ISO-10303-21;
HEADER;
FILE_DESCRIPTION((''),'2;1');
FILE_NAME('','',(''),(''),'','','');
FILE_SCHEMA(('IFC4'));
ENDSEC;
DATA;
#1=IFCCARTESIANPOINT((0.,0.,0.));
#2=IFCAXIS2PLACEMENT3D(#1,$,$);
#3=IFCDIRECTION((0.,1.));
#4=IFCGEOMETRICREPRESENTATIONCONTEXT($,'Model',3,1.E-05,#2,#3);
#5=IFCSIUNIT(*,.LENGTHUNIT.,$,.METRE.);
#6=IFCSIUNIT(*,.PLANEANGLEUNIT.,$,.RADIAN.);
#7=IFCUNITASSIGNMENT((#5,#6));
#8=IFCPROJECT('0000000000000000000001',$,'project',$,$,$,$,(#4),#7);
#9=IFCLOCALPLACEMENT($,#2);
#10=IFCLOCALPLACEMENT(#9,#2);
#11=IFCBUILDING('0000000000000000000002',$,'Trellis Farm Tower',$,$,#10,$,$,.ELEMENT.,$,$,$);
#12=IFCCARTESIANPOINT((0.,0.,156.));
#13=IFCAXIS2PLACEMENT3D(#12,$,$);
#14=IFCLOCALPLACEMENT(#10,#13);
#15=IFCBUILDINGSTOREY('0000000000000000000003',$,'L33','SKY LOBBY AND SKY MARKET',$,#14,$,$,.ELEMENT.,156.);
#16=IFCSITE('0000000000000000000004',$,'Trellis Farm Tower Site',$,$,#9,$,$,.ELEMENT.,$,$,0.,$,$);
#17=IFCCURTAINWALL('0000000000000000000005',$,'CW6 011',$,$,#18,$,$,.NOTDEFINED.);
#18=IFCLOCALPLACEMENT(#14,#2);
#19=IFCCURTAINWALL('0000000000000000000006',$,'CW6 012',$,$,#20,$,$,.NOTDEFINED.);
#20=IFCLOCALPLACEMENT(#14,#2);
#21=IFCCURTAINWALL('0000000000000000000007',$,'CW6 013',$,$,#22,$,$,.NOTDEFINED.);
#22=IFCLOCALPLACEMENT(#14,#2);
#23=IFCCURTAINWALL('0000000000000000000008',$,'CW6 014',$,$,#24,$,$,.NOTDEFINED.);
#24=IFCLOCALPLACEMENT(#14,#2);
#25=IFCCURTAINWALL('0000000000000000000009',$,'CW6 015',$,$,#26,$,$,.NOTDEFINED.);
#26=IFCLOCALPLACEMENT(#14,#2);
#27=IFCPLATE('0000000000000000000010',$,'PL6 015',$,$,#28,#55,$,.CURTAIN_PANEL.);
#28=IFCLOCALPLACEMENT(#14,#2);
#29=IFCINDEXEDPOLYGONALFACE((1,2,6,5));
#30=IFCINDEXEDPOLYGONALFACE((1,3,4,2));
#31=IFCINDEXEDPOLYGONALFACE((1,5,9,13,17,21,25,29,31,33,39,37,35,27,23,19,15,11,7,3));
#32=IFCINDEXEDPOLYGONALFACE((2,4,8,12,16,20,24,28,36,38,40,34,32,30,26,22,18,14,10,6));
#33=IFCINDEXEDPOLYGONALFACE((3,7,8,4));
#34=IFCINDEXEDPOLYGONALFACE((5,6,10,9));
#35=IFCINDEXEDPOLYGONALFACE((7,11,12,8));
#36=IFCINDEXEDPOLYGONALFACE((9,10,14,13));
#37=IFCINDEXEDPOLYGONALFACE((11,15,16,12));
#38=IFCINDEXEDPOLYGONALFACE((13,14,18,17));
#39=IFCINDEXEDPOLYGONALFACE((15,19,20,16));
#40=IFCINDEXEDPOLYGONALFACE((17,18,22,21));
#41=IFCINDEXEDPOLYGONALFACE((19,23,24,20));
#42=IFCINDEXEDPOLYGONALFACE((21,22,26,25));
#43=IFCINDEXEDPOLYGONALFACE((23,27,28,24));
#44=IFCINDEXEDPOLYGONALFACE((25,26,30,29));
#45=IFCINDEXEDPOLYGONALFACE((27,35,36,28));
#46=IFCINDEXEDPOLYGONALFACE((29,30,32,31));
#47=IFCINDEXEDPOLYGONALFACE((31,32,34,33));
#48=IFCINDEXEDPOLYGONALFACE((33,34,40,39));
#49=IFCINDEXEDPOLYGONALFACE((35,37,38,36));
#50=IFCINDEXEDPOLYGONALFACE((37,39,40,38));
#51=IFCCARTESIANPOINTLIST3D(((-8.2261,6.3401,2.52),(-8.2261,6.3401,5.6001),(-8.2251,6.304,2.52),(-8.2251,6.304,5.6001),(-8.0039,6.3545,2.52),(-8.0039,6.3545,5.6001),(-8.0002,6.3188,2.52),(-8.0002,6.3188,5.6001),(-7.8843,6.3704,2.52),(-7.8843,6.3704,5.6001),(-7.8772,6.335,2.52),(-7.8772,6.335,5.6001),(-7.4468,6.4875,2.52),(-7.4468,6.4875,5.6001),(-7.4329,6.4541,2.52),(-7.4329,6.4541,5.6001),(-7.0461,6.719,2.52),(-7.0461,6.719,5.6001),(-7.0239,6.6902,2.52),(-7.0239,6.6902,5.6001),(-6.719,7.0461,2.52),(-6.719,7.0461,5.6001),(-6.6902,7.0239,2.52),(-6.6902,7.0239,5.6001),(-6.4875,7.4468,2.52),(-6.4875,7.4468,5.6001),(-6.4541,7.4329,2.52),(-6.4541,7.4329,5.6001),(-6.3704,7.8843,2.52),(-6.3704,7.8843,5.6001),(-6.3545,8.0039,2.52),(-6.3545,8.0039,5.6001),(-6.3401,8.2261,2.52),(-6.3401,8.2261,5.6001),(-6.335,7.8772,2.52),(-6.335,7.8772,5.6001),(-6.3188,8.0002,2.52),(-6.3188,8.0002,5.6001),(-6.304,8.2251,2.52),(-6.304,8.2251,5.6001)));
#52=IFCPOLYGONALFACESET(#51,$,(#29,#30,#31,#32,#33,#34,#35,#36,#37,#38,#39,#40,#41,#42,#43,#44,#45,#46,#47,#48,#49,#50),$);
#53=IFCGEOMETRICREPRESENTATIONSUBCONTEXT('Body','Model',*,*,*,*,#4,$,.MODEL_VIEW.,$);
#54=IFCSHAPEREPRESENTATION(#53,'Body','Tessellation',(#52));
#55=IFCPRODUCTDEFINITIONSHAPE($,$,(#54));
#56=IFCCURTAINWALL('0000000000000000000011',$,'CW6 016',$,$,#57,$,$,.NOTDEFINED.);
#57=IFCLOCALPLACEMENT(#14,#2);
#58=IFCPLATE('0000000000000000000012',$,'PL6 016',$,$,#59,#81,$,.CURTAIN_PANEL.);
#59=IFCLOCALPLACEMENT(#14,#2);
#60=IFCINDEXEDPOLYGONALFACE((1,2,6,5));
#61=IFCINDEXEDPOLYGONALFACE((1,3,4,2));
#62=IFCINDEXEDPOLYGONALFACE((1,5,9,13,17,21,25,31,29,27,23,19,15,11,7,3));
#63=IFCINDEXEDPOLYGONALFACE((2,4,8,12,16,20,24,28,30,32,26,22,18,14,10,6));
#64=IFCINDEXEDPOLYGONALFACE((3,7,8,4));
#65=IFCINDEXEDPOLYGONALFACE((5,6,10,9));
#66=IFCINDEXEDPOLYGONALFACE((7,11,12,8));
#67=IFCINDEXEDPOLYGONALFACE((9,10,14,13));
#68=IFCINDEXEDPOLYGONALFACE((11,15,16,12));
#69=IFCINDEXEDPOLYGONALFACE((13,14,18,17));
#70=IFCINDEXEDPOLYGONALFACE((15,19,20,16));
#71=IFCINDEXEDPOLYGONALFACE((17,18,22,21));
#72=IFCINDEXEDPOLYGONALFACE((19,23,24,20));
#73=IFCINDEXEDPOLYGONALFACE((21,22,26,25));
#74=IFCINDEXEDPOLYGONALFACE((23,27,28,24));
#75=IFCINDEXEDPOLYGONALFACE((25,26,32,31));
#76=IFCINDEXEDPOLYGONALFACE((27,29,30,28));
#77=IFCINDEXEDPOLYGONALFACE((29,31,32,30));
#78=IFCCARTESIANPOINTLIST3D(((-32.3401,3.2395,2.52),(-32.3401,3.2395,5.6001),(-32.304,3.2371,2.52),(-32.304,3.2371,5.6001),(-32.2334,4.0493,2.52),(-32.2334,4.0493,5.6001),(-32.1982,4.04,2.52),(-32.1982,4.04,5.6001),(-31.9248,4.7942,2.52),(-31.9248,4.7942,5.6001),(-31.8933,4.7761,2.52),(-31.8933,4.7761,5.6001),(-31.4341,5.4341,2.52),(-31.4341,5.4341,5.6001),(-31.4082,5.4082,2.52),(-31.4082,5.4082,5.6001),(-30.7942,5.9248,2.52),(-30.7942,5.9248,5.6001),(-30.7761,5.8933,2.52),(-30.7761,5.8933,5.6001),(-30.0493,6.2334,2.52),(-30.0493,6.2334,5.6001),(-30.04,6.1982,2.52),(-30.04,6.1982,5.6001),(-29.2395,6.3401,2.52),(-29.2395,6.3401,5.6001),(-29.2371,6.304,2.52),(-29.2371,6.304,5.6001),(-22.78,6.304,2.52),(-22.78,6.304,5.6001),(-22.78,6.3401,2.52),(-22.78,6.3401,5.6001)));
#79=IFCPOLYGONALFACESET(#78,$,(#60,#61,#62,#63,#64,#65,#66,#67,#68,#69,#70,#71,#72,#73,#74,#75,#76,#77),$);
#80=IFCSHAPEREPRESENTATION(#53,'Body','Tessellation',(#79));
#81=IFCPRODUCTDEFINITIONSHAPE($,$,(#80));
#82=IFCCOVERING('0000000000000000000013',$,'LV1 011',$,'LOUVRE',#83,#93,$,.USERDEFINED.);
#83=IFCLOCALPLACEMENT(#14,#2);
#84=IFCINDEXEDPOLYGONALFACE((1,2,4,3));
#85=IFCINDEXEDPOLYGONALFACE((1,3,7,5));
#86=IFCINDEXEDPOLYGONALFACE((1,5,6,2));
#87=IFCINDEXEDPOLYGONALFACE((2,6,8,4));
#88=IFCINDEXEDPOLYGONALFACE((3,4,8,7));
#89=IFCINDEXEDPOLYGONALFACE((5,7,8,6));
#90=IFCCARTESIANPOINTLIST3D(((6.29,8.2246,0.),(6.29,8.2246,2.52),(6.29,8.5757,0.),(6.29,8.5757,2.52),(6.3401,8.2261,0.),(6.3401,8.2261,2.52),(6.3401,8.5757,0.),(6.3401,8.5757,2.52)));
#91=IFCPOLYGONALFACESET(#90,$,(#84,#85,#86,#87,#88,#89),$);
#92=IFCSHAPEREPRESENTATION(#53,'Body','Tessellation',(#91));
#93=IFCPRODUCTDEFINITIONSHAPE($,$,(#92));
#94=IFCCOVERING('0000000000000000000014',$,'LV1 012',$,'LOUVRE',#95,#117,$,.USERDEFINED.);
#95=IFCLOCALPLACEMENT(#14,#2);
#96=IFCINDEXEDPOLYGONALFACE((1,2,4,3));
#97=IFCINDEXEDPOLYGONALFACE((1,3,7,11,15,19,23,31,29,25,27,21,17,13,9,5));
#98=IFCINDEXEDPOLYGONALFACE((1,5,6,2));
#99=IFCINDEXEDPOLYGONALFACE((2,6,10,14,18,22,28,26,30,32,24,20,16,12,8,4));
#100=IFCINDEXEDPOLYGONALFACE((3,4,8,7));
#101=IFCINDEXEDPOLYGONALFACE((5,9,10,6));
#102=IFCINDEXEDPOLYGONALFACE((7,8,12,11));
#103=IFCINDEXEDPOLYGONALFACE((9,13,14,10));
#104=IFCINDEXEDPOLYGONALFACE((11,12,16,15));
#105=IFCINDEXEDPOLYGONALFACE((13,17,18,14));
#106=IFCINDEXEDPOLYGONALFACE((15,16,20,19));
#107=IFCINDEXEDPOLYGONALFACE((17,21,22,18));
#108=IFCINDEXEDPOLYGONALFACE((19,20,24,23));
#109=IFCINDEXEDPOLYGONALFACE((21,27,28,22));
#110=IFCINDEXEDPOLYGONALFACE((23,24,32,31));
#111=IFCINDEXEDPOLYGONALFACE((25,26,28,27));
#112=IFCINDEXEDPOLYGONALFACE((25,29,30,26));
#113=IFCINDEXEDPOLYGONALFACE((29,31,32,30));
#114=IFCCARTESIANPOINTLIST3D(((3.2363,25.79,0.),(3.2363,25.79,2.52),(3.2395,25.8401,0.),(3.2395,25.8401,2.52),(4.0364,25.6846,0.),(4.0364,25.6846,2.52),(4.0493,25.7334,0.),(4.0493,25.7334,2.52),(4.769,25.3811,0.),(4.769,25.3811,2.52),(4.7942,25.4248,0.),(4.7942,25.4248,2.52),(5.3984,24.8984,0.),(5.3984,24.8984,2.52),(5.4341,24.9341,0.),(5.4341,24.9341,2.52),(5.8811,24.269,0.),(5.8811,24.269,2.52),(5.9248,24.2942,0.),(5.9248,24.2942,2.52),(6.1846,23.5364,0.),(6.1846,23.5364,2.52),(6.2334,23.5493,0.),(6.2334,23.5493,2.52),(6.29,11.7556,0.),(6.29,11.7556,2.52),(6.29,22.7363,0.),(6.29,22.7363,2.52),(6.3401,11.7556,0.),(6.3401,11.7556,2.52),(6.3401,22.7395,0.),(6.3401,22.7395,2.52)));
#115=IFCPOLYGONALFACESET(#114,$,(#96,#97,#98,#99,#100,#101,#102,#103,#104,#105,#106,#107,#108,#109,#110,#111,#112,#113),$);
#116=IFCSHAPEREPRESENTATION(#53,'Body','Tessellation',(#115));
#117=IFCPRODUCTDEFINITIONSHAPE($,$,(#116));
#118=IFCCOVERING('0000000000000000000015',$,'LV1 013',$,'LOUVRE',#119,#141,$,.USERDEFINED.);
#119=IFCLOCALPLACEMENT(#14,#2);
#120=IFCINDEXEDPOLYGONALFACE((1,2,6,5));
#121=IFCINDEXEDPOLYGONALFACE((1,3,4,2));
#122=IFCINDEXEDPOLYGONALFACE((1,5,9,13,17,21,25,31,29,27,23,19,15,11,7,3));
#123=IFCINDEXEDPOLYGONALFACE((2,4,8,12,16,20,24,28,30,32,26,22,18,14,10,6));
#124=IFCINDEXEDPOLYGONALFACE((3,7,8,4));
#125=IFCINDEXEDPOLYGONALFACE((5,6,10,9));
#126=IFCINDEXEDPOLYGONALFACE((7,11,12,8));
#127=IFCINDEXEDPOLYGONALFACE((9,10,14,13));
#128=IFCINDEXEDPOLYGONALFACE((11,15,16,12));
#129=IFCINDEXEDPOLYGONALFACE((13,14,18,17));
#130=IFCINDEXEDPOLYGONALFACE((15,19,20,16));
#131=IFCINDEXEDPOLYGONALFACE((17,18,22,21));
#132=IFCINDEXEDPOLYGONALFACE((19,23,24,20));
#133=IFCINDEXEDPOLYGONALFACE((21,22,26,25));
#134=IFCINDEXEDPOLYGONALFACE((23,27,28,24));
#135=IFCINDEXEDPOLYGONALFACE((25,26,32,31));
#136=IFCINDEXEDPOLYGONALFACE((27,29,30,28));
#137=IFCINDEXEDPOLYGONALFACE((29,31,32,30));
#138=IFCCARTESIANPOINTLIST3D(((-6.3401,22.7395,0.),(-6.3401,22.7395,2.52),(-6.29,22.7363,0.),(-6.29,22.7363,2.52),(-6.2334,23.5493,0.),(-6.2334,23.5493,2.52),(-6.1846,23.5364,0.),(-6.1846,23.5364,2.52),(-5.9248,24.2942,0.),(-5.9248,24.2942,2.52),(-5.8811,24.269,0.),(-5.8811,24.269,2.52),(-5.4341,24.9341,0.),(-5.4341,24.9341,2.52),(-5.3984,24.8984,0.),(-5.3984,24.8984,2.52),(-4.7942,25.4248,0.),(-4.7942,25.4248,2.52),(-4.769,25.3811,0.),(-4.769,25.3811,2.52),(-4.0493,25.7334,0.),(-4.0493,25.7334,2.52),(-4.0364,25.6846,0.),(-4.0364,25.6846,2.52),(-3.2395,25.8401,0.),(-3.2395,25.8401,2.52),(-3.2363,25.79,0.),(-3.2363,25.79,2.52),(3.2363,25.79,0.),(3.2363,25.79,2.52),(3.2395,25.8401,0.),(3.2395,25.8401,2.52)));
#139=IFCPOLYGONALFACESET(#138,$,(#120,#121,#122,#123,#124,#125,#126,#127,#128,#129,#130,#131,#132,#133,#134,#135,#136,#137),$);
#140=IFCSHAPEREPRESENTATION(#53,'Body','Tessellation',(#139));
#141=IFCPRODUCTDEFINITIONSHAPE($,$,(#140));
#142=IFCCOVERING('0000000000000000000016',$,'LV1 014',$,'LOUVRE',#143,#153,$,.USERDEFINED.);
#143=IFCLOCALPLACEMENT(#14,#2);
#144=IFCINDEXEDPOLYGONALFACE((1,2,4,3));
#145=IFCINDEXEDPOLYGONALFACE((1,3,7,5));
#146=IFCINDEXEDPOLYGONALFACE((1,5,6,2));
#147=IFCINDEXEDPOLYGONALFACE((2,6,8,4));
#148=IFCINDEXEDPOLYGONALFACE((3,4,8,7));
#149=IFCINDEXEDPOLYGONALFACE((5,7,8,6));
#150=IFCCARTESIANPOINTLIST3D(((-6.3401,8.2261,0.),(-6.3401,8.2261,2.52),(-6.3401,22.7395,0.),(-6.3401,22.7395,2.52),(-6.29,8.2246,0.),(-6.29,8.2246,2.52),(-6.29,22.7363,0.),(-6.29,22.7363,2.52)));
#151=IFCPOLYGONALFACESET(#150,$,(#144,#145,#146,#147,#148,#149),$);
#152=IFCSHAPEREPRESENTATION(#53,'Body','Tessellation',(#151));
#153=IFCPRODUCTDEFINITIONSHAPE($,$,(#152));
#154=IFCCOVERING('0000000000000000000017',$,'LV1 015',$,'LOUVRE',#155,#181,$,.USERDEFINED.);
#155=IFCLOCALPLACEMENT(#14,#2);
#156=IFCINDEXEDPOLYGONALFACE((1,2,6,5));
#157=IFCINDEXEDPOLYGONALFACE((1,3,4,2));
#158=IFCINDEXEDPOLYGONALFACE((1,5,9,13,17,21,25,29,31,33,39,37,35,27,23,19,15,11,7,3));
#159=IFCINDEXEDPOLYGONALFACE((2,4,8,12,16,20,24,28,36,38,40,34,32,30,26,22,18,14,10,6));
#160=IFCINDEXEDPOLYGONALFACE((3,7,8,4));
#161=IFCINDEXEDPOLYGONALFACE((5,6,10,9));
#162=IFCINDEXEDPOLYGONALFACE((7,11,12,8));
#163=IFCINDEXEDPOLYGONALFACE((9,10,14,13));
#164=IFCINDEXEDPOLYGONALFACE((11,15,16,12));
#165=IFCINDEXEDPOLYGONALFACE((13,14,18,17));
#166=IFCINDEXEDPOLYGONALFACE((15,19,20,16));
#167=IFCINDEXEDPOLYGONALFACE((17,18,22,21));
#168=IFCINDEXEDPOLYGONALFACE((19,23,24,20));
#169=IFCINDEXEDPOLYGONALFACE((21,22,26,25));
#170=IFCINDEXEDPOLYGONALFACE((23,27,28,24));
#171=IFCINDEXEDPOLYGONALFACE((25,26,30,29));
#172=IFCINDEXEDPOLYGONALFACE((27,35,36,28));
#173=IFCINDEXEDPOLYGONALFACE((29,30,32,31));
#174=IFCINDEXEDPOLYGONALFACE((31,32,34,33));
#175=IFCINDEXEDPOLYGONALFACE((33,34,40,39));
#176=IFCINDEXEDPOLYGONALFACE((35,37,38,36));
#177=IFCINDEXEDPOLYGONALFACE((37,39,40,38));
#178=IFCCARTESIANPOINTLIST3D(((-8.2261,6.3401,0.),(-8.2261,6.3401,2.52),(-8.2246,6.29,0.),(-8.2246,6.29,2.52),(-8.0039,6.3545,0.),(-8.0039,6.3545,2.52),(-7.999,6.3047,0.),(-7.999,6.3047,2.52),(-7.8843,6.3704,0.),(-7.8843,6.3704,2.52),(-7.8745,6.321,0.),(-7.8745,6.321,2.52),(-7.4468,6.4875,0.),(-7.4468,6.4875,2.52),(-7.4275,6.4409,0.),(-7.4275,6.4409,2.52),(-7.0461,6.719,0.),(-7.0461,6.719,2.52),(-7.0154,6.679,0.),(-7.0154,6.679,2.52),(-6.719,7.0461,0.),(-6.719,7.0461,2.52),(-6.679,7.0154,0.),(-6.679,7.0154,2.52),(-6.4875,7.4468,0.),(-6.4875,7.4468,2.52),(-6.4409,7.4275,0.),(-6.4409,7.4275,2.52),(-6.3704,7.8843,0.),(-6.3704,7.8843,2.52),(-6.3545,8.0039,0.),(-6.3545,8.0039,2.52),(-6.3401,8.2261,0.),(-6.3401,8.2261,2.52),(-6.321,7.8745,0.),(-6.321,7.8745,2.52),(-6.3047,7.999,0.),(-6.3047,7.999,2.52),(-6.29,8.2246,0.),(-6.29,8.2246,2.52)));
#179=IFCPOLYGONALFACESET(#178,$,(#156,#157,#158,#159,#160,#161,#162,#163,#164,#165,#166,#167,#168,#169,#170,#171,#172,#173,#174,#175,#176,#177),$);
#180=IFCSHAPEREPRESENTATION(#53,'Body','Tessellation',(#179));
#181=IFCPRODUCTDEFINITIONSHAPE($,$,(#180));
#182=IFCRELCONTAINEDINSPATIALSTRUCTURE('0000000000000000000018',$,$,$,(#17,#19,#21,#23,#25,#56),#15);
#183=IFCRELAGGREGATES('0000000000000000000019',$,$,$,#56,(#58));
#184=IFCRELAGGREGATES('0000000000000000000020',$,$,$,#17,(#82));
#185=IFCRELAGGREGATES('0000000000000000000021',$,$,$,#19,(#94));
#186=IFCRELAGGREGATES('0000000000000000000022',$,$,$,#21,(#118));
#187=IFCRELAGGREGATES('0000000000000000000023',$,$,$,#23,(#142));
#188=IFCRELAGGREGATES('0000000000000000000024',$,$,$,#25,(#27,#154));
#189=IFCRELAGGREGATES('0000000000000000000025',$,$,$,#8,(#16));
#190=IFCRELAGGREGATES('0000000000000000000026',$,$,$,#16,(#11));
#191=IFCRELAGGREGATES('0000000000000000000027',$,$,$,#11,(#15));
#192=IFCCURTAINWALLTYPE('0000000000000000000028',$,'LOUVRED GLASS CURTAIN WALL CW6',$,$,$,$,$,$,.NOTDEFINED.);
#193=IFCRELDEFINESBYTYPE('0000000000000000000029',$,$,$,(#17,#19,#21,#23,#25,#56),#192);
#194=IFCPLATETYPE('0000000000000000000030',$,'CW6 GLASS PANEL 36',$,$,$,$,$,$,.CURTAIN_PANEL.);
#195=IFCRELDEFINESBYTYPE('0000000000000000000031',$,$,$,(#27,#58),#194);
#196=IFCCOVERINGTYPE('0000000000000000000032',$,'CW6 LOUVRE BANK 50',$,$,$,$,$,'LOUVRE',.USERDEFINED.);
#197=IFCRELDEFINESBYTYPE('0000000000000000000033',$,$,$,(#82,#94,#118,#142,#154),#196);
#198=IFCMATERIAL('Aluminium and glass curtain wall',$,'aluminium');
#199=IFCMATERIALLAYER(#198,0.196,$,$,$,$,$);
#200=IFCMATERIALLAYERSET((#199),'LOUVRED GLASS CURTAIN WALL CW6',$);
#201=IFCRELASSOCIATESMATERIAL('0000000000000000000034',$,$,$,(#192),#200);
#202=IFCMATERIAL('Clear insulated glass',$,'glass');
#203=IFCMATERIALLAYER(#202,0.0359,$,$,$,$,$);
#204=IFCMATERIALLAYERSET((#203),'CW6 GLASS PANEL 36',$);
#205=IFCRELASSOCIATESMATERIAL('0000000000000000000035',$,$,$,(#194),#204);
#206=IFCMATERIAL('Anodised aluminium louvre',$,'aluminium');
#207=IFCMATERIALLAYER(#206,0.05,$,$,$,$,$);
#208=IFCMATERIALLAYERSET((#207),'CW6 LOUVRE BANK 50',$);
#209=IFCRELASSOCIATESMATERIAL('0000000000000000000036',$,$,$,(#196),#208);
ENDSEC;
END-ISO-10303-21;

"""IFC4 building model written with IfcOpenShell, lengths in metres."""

from ifc_helpers import new_model, si_unit, direction, frame, origin, place, context, subcontext, project, spatial, polyline, outline, extrude, material, layer, layer_set, type_object, element, aggregate, save


model = new_model("IFC4")

# Units and contexts
model_context = context("Model", 3, precision=1e-05, world=origin(), true_north=direction((0.0, 1.0)))
body_context = subcontext(model_context, "Body", "Model", "MODEL_VIEW")
ifc_project = project(units=[si_unit("LENGTHUNIT", "METRE"), si_unit("PLANEANGLEUNIT", "RADIAN")], contexts=[model_context])

# Site, building, storey
site_placement = place(None, origin())
site = spatial("IfcSite", under=ifc_project, at=site_placement, Name="Trellis Farm Tower Site", CompositionType="ELEMENT", RefElevation=0.0)
building_placement = place(site_placement, origin())
building = spatial("IfcBuilding", under=site, at=building_placement, Name="Trellis Farm Tower", CompositionType="ELEMENT")
storey_placement = place(building_placement, frame((0.0, 0.0, 156.0)))
storey = spatial("IfcBuildingStorey", under=building, at=storey_placement, Name="L33", Description="SKY LOBBY AND SKY MARKET", CompositionType="ELEMENT", Elevation=156.0)

# Curtain walls
ifc_material_1 = material(Name="Aluminium and glass curtain wall", Category="aluminium")
ifc_layer_1 = layer(ifc_material_1, 0.196)
ifc_layer_set_1 = layer_set([ifc_layer_1], Name="LOUVRED GLASS CURTAIN WALL CW6")
curtain_wall_type = type_object("IfcCurtainWallType", Name="LOUVRED GLASS CURTAIN WALL CW6", PredefinedType="NOTDEFINED", material=ifc_layer_set_1)
placement_1 = place(storey_placement, origin())
curtain_wall_1 = element("IfcCurtainWall", 1, at=placement_1, inside=storey, type_object=curtain_wall_type, Name="CW6 011", PredefinedType="NOTDEFINED")
curtain_wall_2 = element("IfcCurtainWall", 2, at=placement_1, inside=storey, type_object=curtain_wall_type, Name="CW6 012", PredefinedType="NOTDEFINED")
curtain_wall_3 = element("IfcCurtainWall", 3, at=placement_1, inside=storey, type_object=curtain_wall_type, Name="CW6 013", PredefinedType="NOTDEFINED")
curtain_wall_4 = element("IfcCurtainWall", 4, at=placement_1, inside=storey, type_object=curtain_wall_type, Name="CW6 014", PredefinedType="NOTDEFINED")
curtain_wall_5 = element("IfcCurtainWall", 5, at=placement_1, inside=storey, type_object=curtain_wall_type, Name="CW6 015", PredefinedType="NOTDEFINED")

# Plate
ifc_material_2 = material(Name="Clear insulated glass", Category="glass")
ifc_layer_2 = layer(ifc_material_2, 0.0359)
ifc_layer_set_2 = layer_set([ifc_layer_2], Name="CW6 GLASS PANEL 36")
plate_type = type_object("IfcPlateType", Name="CW6 GLASS PANEL 36", PredefinedType="CURTAIN_PANEL", material=ifc_layer_set_2)
placement_2 = place(storey_placement, frame((0.0, 0.0, 2.52)))
plate_1 = element("IfcPlate", 6, at=placement_2, type_object=plate_type, Name="PL6 015", PredefinedType="CURTAIN_PANEL", context=body_context, shape_type="SweptSolid", body=[
    extrude(outline(polyline([(-6.3401, 8.2261), (-6.3545, 8.0039), (-6.3704, 7.8843), (-6.4875, 7.4468), (-6.719, 7.0461), (-7.0461, 6.719), (-7.4468, 6.4875), (-7.8843, 6.3704), (-8.0039, 6.3545), (-8.2261, 6.3401), (-8.2251, 6.304), (-8.0002, 6.3188), (-7.8772, 6.335), (-7.4329, 6.4541), (-7.0239, 6.6902), (-6.6902, 7.0239), (-6.4541, 7.4329), (-6.335, 7.8772), (-6.3188, 8.0002), (-6.304, 8.2251), (-6.3401, 8.2261)])), origin(), (0.0, 0.0, 1.0), 3.0801),
])

# Curtain wall, plate
curtain_wall_6 = element("IfcCurtainWall", 7, at=placement_1, inside=storey, type_object=curtain_wall_type, Name="CW6 016", PredefinedType="NOTDEFINED")
plate_2 = element("IfcPlate", 8, at=placement_2, type_object=plate_type, Name="PL6 016", PredefinedType="CURTAIN_PANEL", context=body_context, shape_type="SweptSolid", body=[
    extrude(outline(polyline([(-22.78, 6.3401), (-29.2395, 6.3401), (-30.0493, 6.2334), (-30.7942, 5.9248), (-31.4341, 5.4341), (-31.9248, 4.7942), (-32.2334, 4.0493), (-32.3401, 3.2395), (-32.304, 3.2371), (-32.1982, 4.04), (-31.8933, 4.7761), (-31.4082, 5.4082), (-30.7761, 5.8933), (-30.04, 6.1982), (-29.2371, 6.304), (-22.78, 6.304), (-22.78, 6.3401)])), origin(), (0.0, 0.0, 1.0), 3.0801),
])
aggregate(curtain_wall_6, [plate_2])

# Coverings
ifc_material_3 = material(Name="Anodised aluminium louvre", Category="aluminium")
ifc_layer_3 = layer(ifc_material_3, 0.05)
ifc_layer_set_3 = layer_set([ifc_layer_3], Name="CW6 LOUVRE BANK 50")
covering_type = type_object("IfcCoveringType", Name="CW6 LOUVRE BANK 50", ElementType="LOUVRE", PredefinedType="USERDEFINED", material=ifc_layer_set_3)
covering_1 = element("IfcCovering", 9, at=placement_1, type_object=covering_type, Name="LV1 011", ObjectType="LOUVRE", PredefinedType="USERDEFINED", context=body_context, shape_type="SweptSolid", body=[
    extrude(outline(polyline([(6.3401, 8.2261), (6.3401, 8.5757), (6.29, 8.5757), (6.29, 8.2246), (6.3401, 8.2261)])), origin(), (0.0, 0.0, 1.0), 2.52),
])
aggregate(curtain_wall_1, [covering_1])
covering_2 = element("IfcCovering", 10, at=placement_1, type_object=covering_type, Name="LV1 012", ObjectType="LOUVRE", PredefinedType="USERDEFINED", context=body_context, shape_type="SweptSolid", body=[
    extrude(outline(polyline([(6.3401, 11.7556), (6.3401, 22.7395), (6.2334, 23.5493), (5.9248, 24.2942), (5.4341, 24.9341), (4.7942, 25.4248), (4.0493, 25.7334), (3.2395, 25.8401), (3.2363, 25.79), (4.0364, 25.6846), (4.769, 25.3811), (5.3984, 24.8984), (5.8811, 24.269), (6.1846, 23.5364), (6.29, 22.7363), (6.29, 11.7556), (6.3401, 11.7556)])), origin(), (0.0, 0.0, 1.0), 2.52),
])
aggregate(curtain_wall_2, [covering_2])
covering_3 = element("IfcCovering", 11, at=placement_1, type_object=covering_type, Name="LV1 013", ObjectType="LOUVRE", PredefinedType="USERDEFINED", context=body_context, shape_type="SweptSolid", body=[
    extrude(outline(polyline([(3.2395, 25.8401), (-3.2395, 25.8401), (-4.0493, 25.7334), (-4.7942, 25.4248), (-5.4341, 24.9341), (-5.9248, 24.2942), (-6.2334, 23.5493), (-6.3401, 22.7395), (-6.29, 22.7363), (-6.1846, 23.5364), (-5.8811, 24.269), (-5.3984, 24.8984), (-4.769, 25.3811), (-4.0364, 25.6846), (-3.2363, 25.79), (3.2363, 25.79), (3.2395, 25.8401)])), origin(), (0.0, 0.0, 1.0), 2.52),
])
aggregate(curtain_wall_3, [covering_3])
covering_4 = element("IfcCovering", 12, at=placement_1, type_object=covering_type, Name="LV1 014", ObjectType="LOUVRE", PredefinedType="USERDEFINED", context=body_context, shape_type="SweptSolid", body=[
    extrude(outline(polyline([(-6.3401, 22.7395), (-6.3401, 8.2261), (-6.29, 8.2246), (-6.29, 22.7363), (-6.3401, 22.7395)])), origin(), (0.0, 0.0, 1.0), 2.52),
])
aggregate(curtain_wall_4, [covering_4])
covering_5 = element("IfcCovering", 13, at=placement_1, type_object=covering_type, Name="LV1 015", ObjectType="LOUVRE", PredefinedType="USERDEFINED", context=body_context, shape_type="SweptSolid", body=[
    extrude(outline(polyline([(-6.3401, 8.2261), (-6.3545, 8.0039), (-6.3704, 7.8843), (-6.4875, 7.4468), (-6.719, 7.0461), (-7.0461, 6.719), (-7.4468, 6.4875), (-7.8843, 6.3704), (-8.0039, 6.3545), (-8.2261, 6.3401), (-8.2246, 6.29), (-7.999, 6.3047), (-7.8745, 6.321), (-7.4275, 6.4409), (-7.0154, 6.679), (-6.679, 7.0154), (-6.4409, 7.4275), (-6.321, 7.8745), (-6.3047, 7.999), (-6.29, 8.2246), (-6.3401, 8.2261)])), origin(), (0.0, 0.0, 1.0), 2.52),
])
aggregate(curtain_wall_5, [plate_1, covering_5])

save(model, "model.ifc")
